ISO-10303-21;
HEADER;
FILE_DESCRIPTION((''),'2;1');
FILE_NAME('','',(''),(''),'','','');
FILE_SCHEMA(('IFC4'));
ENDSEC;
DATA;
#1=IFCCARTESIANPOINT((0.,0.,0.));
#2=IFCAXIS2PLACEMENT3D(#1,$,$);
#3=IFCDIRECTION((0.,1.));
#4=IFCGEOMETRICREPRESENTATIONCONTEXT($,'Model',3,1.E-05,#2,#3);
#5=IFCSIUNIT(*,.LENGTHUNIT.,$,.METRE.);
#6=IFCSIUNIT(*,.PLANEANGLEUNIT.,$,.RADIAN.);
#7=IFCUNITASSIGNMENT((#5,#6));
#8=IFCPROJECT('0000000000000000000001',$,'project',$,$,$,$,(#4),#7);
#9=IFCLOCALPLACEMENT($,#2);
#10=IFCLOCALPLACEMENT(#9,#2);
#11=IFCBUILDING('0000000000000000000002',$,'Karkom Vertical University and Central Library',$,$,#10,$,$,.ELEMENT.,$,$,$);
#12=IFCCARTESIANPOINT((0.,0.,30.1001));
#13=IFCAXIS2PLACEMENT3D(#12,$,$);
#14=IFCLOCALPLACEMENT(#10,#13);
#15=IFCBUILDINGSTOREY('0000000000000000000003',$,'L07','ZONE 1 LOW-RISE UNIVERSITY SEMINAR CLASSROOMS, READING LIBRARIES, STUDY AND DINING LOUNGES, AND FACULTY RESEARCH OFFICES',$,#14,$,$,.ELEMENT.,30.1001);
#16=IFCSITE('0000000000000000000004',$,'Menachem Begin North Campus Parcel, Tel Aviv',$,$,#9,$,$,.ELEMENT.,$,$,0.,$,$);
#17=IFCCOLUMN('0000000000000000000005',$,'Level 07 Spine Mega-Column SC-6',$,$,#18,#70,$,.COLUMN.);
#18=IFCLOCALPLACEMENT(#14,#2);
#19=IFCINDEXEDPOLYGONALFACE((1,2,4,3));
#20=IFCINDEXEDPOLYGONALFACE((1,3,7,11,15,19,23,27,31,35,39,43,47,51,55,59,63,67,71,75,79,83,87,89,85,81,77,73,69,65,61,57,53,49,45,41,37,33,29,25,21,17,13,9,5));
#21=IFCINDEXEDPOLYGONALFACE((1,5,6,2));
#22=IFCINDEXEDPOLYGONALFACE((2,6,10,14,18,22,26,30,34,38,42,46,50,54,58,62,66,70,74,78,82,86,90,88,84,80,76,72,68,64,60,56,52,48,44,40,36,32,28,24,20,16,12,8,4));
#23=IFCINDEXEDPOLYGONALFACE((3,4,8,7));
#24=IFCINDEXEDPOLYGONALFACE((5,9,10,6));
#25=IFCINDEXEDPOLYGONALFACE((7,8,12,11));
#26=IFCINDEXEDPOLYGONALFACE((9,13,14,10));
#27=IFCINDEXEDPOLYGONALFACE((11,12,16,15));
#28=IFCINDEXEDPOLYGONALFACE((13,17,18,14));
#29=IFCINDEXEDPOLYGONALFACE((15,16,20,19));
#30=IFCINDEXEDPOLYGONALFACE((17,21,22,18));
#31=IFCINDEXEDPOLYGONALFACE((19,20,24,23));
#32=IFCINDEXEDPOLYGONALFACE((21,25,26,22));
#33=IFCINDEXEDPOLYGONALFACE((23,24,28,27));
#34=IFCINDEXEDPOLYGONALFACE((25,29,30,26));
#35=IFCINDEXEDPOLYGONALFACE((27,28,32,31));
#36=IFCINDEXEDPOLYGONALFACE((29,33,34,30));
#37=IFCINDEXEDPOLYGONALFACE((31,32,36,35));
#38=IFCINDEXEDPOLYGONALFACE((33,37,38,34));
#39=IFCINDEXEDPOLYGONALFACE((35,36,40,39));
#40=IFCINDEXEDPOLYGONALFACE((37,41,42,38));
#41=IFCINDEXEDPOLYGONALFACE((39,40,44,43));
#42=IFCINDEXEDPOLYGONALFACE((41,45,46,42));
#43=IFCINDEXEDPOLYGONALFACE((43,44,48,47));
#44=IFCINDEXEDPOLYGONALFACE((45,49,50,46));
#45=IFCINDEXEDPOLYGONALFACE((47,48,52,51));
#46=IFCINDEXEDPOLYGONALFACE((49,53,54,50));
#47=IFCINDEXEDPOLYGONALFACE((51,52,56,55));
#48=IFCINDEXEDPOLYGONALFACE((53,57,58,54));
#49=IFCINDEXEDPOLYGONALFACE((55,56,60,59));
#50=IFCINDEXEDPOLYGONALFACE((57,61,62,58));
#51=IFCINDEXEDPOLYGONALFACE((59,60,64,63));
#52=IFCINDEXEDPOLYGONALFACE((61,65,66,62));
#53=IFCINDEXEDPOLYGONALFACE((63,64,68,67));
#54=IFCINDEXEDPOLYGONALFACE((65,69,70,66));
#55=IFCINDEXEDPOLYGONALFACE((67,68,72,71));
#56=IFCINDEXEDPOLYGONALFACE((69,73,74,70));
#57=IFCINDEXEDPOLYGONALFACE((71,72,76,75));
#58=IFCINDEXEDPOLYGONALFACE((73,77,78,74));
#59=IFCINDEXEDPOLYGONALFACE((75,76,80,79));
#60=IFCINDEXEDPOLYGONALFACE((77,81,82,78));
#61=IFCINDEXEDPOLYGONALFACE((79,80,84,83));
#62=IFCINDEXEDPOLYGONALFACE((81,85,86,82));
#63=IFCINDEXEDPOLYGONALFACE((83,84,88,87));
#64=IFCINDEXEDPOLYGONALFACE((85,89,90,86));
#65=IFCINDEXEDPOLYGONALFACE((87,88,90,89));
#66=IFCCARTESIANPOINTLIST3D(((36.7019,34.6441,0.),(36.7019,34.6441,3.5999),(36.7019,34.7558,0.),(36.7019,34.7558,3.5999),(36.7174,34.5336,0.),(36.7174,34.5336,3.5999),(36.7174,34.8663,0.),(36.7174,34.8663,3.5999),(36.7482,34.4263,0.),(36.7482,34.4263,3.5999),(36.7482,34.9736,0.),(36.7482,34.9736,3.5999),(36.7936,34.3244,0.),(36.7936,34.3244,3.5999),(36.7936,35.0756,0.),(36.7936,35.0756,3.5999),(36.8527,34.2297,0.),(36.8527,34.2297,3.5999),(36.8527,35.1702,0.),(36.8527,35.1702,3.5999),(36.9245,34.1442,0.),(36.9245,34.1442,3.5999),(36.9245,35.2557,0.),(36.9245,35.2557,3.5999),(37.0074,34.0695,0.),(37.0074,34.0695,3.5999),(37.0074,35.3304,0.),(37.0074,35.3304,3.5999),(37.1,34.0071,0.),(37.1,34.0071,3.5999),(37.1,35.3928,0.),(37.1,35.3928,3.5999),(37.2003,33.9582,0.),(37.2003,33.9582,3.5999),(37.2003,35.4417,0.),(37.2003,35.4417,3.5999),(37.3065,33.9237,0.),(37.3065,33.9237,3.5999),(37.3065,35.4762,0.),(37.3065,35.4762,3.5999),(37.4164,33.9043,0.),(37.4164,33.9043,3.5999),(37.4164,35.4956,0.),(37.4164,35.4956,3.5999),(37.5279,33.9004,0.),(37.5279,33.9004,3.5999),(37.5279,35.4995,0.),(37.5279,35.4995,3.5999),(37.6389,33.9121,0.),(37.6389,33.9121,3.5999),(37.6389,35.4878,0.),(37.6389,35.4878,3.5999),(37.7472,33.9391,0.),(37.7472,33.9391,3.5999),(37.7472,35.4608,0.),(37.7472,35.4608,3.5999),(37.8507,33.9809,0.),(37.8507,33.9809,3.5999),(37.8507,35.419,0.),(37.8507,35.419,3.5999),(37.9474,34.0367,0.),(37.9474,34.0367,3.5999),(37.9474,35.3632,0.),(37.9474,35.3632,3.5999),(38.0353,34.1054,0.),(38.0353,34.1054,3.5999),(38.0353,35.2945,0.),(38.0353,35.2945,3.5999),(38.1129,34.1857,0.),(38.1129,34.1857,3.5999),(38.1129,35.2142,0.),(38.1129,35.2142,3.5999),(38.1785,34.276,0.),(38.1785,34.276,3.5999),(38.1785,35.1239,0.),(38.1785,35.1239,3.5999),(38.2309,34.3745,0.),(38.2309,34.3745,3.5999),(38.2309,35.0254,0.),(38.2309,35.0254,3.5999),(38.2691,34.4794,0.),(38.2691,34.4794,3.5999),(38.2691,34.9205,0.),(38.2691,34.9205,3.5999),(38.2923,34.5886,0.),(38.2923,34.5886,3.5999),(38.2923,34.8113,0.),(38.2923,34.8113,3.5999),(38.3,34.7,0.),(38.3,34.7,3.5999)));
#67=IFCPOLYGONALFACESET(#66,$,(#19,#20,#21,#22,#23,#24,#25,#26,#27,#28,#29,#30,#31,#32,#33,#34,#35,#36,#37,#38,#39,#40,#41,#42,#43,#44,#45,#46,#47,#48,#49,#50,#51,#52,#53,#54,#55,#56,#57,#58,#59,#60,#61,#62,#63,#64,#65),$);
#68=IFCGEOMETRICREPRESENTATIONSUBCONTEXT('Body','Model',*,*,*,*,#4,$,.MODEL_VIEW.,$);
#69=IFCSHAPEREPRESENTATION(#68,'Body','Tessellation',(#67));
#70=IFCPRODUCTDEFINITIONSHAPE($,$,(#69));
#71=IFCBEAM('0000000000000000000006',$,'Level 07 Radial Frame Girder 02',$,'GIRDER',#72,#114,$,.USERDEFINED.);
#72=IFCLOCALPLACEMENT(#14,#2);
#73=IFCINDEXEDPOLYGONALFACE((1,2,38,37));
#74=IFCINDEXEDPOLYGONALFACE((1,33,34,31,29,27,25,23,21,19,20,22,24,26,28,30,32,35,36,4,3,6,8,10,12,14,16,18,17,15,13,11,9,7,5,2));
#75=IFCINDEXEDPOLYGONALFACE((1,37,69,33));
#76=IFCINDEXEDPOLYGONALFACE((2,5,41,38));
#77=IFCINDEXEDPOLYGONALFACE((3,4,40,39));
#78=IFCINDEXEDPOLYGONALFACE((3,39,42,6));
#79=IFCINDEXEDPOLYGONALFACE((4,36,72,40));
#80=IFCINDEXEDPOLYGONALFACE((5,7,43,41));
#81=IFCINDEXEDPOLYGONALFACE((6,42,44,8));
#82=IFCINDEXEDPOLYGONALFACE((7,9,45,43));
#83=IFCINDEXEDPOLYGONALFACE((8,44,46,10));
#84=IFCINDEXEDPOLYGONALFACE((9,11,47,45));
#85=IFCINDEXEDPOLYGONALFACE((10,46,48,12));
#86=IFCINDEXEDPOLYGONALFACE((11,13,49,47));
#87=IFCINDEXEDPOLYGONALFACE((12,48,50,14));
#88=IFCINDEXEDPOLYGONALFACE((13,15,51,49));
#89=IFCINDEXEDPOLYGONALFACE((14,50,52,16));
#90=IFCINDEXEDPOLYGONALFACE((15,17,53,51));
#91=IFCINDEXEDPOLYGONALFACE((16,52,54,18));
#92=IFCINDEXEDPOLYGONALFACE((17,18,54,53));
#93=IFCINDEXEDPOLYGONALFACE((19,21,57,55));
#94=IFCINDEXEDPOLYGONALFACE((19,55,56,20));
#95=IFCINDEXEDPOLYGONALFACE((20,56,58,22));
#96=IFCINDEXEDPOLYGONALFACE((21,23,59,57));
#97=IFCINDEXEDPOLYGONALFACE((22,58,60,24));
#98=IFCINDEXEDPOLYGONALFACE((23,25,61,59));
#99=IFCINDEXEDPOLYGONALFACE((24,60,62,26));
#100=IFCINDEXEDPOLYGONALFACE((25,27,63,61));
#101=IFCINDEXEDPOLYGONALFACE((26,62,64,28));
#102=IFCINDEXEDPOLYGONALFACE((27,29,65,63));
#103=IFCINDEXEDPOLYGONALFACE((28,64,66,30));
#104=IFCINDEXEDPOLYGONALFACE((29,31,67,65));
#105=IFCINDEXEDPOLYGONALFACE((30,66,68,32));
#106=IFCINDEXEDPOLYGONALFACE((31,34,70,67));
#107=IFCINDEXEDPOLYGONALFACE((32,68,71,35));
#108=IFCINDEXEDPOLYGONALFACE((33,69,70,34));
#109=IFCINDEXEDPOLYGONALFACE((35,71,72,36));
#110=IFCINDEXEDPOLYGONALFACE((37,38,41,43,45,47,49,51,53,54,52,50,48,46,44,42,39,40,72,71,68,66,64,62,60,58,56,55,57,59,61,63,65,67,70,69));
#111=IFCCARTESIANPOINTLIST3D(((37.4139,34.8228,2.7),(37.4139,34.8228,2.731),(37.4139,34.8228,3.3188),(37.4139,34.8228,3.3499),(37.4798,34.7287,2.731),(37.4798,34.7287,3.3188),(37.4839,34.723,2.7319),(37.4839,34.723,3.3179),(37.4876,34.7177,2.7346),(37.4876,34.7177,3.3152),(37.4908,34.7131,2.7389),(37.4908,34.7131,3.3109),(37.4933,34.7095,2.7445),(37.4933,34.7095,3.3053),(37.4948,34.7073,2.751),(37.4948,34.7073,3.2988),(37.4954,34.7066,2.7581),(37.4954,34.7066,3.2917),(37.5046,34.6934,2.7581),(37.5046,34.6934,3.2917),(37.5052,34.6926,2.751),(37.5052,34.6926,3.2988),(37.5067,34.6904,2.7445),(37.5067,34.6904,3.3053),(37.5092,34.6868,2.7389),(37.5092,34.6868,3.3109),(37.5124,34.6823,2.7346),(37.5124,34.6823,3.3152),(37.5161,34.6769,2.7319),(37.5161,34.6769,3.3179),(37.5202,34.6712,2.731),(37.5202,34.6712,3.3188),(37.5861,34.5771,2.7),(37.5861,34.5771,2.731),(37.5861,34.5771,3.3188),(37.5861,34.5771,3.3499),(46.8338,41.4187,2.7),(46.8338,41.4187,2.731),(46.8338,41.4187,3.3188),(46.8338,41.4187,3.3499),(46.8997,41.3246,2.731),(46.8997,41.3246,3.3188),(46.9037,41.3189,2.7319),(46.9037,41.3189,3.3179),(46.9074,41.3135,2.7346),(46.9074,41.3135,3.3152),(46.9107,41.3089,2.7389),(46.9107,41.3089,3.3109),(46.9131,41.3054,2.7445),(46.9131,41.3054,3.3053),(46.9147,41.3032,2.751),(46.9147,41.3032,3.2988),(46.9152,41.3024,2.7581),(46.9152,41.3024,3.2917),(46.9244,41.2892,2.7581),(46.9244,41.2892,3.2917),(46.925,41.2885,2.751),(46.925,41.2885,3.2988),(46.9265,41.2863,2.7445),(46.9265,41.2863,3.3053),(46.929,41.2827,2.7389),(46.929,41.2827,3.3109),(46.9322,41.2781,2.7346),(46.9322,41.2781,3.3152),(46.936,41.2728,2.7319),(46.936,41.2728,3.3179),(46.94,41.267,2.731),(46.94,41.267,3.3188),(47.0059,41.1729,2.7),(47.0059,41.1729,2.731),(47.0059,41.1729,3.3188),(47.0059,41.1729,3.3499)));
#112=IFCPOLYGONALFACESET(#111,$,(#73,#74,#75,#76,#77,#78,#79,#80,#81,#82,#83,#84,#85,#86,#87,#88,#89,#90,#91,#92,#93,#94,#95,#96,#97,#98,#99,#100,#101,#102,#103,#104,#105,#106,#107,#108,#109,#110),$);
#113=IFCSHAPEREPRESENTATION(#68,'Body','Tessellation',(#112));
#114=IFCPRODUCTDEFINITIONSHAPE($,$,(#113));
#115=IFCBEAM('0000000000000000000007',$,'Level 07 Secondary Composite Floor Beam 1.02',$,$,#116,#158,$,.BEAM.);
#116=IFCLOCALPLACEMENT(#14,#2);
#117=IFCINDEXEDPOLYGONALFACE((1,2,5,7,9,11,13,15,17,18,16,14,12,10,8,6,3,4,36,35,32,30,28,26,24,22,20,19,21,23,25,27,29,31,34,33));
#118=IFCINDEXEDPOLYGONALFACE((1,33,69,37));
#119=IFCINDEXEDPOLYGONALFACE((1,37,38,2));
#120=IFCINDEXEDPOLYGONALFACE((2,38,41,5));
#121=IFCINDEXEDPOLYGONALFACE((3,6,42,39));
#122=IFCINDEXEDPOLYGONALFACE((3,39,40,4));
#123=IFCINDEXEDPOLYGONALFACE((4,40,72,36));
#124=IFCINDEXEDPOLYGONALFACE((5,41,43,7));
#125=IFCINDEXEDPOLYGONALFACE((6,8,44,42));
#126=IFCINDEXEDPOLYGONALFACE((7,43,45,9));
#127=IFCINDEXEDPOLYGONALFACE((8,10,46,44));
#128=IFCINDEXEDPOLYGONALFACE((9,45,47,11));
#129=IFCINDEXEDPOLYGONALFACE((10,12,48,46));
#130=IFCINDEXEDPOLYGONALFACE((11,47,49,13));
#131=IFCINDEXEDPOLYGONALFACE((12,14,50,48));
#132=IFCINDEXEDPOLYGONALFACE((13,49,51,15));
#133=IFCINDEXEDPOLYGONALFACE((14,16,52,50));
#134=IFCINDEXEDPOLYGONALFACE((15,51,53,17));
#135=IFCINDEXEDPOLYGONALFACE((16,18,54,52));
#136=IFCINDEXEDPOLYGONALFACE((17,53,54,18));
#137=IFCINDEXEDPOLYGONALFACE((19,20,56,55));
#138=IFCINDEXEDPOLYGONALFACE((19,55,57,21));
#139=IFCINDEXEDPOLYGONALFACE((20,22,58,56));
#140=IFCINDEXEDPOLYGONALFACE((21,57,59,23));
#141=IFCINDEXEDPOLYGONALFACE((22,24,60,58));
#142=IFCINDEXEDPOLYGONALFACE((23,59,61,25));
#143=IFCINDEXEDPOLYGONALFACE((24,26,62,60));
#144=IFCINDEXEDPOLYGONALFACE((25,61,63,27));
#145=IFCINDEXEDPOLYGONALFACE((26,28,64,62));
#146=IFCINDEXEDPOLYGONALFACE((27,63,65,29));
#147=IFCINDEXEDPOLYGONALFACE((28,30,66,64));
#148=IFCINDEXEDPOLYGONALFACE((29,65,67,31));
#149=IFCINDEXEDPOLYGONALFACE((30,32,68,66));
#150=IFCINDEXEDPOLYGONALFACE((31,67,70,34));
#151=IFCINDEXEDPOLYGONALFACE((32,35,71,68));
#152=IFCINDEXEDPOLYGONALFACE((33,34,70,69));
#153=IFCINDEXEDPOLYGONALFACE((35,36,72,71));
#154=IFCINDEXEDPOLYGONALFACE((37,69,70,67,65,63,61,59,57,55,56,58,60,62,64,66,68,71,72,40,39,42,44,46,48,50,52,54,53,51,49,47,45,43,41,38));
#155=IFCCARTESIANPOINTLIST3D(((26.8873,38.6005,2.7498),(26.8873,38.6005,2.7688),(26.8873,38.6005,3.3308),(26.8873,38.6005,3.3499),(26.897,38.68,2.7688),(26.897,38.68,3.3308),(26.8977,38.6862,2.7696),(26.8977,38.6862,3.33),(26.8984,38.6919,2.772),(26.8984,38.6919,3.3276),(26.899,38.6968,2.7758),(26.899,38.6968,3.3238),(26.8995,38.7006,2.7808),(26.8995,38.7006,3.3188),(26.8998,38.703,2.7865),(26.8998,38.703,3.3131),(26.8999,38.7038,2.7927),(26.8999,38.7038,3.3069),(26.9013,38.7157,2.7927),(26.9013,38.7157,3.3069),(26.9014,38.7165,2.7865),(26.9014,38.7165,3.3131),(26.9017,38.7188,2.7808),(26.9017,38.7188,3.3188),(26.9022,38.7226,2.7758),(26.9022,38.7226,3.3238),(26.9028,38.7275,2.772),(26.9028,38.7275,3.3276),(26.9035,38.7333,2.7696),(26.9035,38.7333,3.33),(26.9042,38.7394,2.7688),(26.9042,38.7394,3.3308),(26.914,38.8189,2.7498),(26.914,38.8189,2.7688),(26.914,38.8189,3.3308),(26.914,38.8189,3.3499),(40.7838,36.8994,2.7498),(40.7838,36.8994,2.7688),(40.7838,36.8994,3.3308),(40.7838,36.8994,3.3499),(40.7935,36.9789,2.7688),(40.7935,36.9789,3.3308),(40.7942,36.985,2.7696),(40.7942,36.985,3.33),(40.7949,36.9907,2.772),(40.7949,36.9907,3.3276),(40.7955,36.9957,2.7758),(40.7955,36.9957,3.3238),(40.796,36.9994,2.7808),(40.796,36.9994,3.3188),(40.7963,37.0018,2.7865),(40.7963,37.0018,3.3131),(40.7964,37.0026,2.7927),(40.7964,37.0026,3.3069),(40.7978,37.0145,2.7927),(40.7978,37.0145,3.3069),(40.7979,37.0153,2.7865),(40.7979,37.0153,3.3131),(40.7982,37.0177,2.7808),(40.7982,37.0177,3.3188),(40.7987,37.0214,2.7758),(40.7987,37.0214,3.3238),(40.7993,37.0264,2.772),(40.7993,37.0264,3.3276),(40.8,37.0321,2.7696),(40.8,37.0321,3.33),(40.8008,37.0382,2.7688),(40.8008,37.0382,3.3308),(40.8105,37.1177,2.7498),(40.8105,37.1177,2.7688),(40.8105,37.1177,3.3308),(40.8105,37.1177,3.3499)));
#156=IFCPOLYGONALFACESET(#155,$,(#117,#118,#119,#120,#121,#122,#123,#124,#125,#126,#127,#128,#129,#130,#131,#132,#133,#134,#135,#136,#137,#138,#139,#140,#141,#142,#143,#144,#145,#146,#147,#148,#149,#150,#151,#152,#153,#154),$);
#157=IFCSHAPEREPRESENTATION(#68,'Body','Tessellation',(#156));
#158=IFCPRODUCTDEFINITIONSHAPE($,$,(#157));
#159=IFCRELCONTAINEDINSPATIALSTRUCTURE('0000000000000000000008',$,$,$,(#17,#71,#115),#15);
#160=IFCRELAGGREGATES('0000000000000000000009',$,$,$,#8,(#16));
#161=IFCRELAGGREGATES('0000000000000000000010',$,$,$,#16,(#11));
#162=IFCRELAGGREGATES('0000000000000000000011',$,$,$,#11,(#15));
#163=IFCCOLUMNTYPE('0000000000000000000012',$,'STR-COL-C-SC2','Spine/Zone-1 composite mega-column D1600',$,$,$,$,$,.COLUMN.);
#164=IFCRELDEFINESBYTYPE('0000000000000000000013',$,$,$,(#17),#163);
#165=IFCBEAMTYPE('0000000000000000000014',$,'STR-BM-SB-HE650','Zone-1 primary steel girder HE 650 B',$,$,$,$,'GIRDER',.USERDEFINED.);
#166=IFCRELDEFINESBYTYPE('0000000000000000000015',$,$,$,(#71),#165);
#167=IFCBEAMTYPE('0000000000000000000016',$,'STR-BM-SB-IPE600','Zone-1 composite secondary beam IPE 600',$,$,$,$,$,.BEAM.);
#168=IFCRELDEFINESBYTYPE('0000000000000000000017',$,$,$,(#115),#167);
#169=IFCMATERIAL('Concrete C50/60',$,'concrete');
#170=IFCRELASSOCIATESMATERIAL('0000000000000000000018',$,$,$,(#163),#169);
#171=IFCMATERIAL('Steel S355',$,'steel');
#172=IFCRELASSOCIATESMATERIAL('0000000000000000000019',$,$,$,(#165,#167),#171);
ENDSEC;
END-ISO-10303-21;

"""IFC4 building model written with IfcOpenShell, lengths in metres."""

from ifc_helpers import new_model, si_unit, direction, frame, origin, origin_with_axes, origin_2d, place, context, subcontext, project, spatial, circle, i_section, extrude, source, transform, mapped, material, material_profile, profile_set, type_object, element, save


model = new_model("IFC4")

# Units and contexts
model_context = context("Model", 3, precision=1e-05, world=origin(), true_north=direction((0.0, 1.0)))
body_context = subcontext(model_context, "Body", "Model", "MODEL_VIEW")
ifc_project = project(units=[si_unit("LENGTHUNIT", "METRE"), si_unit("PLANEANGLEUNIT", "RADIAN")], contexts=[model_context])

# Site, building, storey
site_placement = place(None, origin())
site = spatial("IfcSite", under=ifc_project, at=site_placement, Name="Menachem Begin North Campus Parcel, Tel Aviv", CompositionType="ELEMENT", RefElevation=0.0)
building_placement = place(site_placement, origin())
building = spatial("IfcBuilding", under=site, at=building_placement, Name="Karkom Vertical University and Central Library", CompositionType="ELEMENT")
storey_placement = place(building_placement, frame((0.0, 0.0, 30.1001)))
storey = spatial("IfcBuildingStorey", under=building, at=storey_placement, Name="L07", Description="ZONE 1 LOW-RISE UNIVERSITY SEMINAR CLASSROOMS, READING LIBRARIES, STUDY AND DINING LOUNGES, AND FACULTY RESEARCH OFFICES", CompositionType="ELEMENT", Elevation=30.1001)

# Column
ifc_material_1 = material(Name="Concrete C50/60", Category="concrete")
ifc_material_profile_1 = material_profile(ifc_material_1, circle(Radius=0.8, at=origin_2d()), Name="CFT-D1600")
ifc_profile_set_1 = profile_set([ifc_material_profile_1], Name="Concrete C50/60")
column_type = type_object("IfcColumnType", Name="STR-COL-C-SC2", Description="Spine/Zone-1 composite mega-column D1600", PredefinedType="COLUMN", material=ifc_profile_set_1)
shared_shape_1 = source(origin_with_axes(), body_context, "Body", "SweptSolid", [
    extrude(circle(Radius=0.8, at=origin_2d()), origin(), (0.0, 0.0, 1.0), 3.5999),
])
column_placement = place(storey_placement, frame((37.5, 34.7, 0.0), z_axis=(0.0, 0.0, 1.0), x_axis=(1.0, 0.0, 0.0)))
element("IfcColumn", 1, at=column_placement, inside=storey, type_object=column_type, Name="Level 07 Spine Mega-Column SC-6", PredefinedType="COLUMN", context=body_context, shape_type="MappedRepresentation", body=[
    mapped(shared_shape_1, transform((0.0, 0.0, 0.0), scale=1.0)),
])

# Beams
ifc_material_2 = material(Name="Steel S355", Category="steel")
ifc_material_profile_2 = material_profile(ifc_material_2, i_section(OverallWidth=0.3, OverallDepth=0.6499, WebThickness=0.0161, FlangeThickness=0.031, FilletRadius=0.0271, at=origin_2d()), Name="HE 650 B")
ifc_profile_set_2 = profile_set([ifc_material_profile_2], Name="Steel S355")
beam_type_1 = type_object("IfcBeamType", Name="STR-BM-SB-HE650", Description="Zone-1 primary steel girder HE 650 B", ElementType="GIRDER", PredefinedType="USERDEFINED", material=ifc_profile_set_2)
shared_shape_2 = source(origin_with_axes(), body_context, "Body", "SweptSolid", [
    extrude(i_section(OverallWidth=0.3, OverallDepth=0.6499, WebThickness=0.0161, FlangeThickness=0.031, FilletRadius=0.0271, at=origin_2d()), origin(), (0.0, 0.0, 1.0), 11.4995),
])
beam_1_placement = place(storey_placement, frame((37.5, 34.7, 3.0249), z_axis=(0.81915, 0.573579, 0.0), x_axis=(-0.573579, 0.81915, 0.0)))
element("IfcBeam", 2, at=beam_1_placement, inside=storey, type_object=beam_type_1, Name="Level 07 Radial Frame Girder 02", ObjectType="GIRDER", PredefinedType="USERDEFINED", context=body_context, shape_type="MappedRepresentation", body=[
    mapped(shared_shape_2, transform((0.0, 0.0, 0.0), scale=1.0)),
])
ifc_material_profile_3 = material_profile(ifc_material_2, i_section(OverallWidth=0.22, OverallDepth=0.6001, WebThickness=0.012, FlangeThickness=0.019, FilletRadius=0.0239, at=origin_2d()), Name="IPE 600")
ifc_profile_set_3 = profile_set([ifc_material_profile_3], Name="Steel S355")
beam_type_2 = type_object("IfcBeamType", Name="STR-BM-SB-IPE600", Description="Zone-1 composite secondary beam IPE 600", PredefinedType="BEAM", material=ifc_profile_set_3)
shared_shape_3 = source(origin_with_axes(), body_context, "Body", "SweptSolid", [
    extrude(i_section(OverallWidth=0.22, OverallDepth=0.6001, WebThickness=0.012, FlangeThickness=0.019, FilletRadius=0.0239, at=origin_2d()), origin(), (0.0, 0.0, 1.0), 14.0002),
])
beam_2_placement = place(storey_placement, frame((40.7971, 37.0085, 3.0498), z_axis=(-0.99259, 0.12151, 0.0), x_axis=(-0.12151, -0.99259, 0.0)))
element("IfcBeam", 3, at=beam_2_placement, inside=storey, type_object=beam_type_2, Name="Level 07 Secondary Composite Floor Beam 1.02", PredefinedType="BEAM", context=body_context, shape_type="MappedRepresentation", body=[
    mapped(shared_shape_3, transform((0.0, 0.0, 0.0), scale=1.0)),
])

save(model, "model.ifc")
